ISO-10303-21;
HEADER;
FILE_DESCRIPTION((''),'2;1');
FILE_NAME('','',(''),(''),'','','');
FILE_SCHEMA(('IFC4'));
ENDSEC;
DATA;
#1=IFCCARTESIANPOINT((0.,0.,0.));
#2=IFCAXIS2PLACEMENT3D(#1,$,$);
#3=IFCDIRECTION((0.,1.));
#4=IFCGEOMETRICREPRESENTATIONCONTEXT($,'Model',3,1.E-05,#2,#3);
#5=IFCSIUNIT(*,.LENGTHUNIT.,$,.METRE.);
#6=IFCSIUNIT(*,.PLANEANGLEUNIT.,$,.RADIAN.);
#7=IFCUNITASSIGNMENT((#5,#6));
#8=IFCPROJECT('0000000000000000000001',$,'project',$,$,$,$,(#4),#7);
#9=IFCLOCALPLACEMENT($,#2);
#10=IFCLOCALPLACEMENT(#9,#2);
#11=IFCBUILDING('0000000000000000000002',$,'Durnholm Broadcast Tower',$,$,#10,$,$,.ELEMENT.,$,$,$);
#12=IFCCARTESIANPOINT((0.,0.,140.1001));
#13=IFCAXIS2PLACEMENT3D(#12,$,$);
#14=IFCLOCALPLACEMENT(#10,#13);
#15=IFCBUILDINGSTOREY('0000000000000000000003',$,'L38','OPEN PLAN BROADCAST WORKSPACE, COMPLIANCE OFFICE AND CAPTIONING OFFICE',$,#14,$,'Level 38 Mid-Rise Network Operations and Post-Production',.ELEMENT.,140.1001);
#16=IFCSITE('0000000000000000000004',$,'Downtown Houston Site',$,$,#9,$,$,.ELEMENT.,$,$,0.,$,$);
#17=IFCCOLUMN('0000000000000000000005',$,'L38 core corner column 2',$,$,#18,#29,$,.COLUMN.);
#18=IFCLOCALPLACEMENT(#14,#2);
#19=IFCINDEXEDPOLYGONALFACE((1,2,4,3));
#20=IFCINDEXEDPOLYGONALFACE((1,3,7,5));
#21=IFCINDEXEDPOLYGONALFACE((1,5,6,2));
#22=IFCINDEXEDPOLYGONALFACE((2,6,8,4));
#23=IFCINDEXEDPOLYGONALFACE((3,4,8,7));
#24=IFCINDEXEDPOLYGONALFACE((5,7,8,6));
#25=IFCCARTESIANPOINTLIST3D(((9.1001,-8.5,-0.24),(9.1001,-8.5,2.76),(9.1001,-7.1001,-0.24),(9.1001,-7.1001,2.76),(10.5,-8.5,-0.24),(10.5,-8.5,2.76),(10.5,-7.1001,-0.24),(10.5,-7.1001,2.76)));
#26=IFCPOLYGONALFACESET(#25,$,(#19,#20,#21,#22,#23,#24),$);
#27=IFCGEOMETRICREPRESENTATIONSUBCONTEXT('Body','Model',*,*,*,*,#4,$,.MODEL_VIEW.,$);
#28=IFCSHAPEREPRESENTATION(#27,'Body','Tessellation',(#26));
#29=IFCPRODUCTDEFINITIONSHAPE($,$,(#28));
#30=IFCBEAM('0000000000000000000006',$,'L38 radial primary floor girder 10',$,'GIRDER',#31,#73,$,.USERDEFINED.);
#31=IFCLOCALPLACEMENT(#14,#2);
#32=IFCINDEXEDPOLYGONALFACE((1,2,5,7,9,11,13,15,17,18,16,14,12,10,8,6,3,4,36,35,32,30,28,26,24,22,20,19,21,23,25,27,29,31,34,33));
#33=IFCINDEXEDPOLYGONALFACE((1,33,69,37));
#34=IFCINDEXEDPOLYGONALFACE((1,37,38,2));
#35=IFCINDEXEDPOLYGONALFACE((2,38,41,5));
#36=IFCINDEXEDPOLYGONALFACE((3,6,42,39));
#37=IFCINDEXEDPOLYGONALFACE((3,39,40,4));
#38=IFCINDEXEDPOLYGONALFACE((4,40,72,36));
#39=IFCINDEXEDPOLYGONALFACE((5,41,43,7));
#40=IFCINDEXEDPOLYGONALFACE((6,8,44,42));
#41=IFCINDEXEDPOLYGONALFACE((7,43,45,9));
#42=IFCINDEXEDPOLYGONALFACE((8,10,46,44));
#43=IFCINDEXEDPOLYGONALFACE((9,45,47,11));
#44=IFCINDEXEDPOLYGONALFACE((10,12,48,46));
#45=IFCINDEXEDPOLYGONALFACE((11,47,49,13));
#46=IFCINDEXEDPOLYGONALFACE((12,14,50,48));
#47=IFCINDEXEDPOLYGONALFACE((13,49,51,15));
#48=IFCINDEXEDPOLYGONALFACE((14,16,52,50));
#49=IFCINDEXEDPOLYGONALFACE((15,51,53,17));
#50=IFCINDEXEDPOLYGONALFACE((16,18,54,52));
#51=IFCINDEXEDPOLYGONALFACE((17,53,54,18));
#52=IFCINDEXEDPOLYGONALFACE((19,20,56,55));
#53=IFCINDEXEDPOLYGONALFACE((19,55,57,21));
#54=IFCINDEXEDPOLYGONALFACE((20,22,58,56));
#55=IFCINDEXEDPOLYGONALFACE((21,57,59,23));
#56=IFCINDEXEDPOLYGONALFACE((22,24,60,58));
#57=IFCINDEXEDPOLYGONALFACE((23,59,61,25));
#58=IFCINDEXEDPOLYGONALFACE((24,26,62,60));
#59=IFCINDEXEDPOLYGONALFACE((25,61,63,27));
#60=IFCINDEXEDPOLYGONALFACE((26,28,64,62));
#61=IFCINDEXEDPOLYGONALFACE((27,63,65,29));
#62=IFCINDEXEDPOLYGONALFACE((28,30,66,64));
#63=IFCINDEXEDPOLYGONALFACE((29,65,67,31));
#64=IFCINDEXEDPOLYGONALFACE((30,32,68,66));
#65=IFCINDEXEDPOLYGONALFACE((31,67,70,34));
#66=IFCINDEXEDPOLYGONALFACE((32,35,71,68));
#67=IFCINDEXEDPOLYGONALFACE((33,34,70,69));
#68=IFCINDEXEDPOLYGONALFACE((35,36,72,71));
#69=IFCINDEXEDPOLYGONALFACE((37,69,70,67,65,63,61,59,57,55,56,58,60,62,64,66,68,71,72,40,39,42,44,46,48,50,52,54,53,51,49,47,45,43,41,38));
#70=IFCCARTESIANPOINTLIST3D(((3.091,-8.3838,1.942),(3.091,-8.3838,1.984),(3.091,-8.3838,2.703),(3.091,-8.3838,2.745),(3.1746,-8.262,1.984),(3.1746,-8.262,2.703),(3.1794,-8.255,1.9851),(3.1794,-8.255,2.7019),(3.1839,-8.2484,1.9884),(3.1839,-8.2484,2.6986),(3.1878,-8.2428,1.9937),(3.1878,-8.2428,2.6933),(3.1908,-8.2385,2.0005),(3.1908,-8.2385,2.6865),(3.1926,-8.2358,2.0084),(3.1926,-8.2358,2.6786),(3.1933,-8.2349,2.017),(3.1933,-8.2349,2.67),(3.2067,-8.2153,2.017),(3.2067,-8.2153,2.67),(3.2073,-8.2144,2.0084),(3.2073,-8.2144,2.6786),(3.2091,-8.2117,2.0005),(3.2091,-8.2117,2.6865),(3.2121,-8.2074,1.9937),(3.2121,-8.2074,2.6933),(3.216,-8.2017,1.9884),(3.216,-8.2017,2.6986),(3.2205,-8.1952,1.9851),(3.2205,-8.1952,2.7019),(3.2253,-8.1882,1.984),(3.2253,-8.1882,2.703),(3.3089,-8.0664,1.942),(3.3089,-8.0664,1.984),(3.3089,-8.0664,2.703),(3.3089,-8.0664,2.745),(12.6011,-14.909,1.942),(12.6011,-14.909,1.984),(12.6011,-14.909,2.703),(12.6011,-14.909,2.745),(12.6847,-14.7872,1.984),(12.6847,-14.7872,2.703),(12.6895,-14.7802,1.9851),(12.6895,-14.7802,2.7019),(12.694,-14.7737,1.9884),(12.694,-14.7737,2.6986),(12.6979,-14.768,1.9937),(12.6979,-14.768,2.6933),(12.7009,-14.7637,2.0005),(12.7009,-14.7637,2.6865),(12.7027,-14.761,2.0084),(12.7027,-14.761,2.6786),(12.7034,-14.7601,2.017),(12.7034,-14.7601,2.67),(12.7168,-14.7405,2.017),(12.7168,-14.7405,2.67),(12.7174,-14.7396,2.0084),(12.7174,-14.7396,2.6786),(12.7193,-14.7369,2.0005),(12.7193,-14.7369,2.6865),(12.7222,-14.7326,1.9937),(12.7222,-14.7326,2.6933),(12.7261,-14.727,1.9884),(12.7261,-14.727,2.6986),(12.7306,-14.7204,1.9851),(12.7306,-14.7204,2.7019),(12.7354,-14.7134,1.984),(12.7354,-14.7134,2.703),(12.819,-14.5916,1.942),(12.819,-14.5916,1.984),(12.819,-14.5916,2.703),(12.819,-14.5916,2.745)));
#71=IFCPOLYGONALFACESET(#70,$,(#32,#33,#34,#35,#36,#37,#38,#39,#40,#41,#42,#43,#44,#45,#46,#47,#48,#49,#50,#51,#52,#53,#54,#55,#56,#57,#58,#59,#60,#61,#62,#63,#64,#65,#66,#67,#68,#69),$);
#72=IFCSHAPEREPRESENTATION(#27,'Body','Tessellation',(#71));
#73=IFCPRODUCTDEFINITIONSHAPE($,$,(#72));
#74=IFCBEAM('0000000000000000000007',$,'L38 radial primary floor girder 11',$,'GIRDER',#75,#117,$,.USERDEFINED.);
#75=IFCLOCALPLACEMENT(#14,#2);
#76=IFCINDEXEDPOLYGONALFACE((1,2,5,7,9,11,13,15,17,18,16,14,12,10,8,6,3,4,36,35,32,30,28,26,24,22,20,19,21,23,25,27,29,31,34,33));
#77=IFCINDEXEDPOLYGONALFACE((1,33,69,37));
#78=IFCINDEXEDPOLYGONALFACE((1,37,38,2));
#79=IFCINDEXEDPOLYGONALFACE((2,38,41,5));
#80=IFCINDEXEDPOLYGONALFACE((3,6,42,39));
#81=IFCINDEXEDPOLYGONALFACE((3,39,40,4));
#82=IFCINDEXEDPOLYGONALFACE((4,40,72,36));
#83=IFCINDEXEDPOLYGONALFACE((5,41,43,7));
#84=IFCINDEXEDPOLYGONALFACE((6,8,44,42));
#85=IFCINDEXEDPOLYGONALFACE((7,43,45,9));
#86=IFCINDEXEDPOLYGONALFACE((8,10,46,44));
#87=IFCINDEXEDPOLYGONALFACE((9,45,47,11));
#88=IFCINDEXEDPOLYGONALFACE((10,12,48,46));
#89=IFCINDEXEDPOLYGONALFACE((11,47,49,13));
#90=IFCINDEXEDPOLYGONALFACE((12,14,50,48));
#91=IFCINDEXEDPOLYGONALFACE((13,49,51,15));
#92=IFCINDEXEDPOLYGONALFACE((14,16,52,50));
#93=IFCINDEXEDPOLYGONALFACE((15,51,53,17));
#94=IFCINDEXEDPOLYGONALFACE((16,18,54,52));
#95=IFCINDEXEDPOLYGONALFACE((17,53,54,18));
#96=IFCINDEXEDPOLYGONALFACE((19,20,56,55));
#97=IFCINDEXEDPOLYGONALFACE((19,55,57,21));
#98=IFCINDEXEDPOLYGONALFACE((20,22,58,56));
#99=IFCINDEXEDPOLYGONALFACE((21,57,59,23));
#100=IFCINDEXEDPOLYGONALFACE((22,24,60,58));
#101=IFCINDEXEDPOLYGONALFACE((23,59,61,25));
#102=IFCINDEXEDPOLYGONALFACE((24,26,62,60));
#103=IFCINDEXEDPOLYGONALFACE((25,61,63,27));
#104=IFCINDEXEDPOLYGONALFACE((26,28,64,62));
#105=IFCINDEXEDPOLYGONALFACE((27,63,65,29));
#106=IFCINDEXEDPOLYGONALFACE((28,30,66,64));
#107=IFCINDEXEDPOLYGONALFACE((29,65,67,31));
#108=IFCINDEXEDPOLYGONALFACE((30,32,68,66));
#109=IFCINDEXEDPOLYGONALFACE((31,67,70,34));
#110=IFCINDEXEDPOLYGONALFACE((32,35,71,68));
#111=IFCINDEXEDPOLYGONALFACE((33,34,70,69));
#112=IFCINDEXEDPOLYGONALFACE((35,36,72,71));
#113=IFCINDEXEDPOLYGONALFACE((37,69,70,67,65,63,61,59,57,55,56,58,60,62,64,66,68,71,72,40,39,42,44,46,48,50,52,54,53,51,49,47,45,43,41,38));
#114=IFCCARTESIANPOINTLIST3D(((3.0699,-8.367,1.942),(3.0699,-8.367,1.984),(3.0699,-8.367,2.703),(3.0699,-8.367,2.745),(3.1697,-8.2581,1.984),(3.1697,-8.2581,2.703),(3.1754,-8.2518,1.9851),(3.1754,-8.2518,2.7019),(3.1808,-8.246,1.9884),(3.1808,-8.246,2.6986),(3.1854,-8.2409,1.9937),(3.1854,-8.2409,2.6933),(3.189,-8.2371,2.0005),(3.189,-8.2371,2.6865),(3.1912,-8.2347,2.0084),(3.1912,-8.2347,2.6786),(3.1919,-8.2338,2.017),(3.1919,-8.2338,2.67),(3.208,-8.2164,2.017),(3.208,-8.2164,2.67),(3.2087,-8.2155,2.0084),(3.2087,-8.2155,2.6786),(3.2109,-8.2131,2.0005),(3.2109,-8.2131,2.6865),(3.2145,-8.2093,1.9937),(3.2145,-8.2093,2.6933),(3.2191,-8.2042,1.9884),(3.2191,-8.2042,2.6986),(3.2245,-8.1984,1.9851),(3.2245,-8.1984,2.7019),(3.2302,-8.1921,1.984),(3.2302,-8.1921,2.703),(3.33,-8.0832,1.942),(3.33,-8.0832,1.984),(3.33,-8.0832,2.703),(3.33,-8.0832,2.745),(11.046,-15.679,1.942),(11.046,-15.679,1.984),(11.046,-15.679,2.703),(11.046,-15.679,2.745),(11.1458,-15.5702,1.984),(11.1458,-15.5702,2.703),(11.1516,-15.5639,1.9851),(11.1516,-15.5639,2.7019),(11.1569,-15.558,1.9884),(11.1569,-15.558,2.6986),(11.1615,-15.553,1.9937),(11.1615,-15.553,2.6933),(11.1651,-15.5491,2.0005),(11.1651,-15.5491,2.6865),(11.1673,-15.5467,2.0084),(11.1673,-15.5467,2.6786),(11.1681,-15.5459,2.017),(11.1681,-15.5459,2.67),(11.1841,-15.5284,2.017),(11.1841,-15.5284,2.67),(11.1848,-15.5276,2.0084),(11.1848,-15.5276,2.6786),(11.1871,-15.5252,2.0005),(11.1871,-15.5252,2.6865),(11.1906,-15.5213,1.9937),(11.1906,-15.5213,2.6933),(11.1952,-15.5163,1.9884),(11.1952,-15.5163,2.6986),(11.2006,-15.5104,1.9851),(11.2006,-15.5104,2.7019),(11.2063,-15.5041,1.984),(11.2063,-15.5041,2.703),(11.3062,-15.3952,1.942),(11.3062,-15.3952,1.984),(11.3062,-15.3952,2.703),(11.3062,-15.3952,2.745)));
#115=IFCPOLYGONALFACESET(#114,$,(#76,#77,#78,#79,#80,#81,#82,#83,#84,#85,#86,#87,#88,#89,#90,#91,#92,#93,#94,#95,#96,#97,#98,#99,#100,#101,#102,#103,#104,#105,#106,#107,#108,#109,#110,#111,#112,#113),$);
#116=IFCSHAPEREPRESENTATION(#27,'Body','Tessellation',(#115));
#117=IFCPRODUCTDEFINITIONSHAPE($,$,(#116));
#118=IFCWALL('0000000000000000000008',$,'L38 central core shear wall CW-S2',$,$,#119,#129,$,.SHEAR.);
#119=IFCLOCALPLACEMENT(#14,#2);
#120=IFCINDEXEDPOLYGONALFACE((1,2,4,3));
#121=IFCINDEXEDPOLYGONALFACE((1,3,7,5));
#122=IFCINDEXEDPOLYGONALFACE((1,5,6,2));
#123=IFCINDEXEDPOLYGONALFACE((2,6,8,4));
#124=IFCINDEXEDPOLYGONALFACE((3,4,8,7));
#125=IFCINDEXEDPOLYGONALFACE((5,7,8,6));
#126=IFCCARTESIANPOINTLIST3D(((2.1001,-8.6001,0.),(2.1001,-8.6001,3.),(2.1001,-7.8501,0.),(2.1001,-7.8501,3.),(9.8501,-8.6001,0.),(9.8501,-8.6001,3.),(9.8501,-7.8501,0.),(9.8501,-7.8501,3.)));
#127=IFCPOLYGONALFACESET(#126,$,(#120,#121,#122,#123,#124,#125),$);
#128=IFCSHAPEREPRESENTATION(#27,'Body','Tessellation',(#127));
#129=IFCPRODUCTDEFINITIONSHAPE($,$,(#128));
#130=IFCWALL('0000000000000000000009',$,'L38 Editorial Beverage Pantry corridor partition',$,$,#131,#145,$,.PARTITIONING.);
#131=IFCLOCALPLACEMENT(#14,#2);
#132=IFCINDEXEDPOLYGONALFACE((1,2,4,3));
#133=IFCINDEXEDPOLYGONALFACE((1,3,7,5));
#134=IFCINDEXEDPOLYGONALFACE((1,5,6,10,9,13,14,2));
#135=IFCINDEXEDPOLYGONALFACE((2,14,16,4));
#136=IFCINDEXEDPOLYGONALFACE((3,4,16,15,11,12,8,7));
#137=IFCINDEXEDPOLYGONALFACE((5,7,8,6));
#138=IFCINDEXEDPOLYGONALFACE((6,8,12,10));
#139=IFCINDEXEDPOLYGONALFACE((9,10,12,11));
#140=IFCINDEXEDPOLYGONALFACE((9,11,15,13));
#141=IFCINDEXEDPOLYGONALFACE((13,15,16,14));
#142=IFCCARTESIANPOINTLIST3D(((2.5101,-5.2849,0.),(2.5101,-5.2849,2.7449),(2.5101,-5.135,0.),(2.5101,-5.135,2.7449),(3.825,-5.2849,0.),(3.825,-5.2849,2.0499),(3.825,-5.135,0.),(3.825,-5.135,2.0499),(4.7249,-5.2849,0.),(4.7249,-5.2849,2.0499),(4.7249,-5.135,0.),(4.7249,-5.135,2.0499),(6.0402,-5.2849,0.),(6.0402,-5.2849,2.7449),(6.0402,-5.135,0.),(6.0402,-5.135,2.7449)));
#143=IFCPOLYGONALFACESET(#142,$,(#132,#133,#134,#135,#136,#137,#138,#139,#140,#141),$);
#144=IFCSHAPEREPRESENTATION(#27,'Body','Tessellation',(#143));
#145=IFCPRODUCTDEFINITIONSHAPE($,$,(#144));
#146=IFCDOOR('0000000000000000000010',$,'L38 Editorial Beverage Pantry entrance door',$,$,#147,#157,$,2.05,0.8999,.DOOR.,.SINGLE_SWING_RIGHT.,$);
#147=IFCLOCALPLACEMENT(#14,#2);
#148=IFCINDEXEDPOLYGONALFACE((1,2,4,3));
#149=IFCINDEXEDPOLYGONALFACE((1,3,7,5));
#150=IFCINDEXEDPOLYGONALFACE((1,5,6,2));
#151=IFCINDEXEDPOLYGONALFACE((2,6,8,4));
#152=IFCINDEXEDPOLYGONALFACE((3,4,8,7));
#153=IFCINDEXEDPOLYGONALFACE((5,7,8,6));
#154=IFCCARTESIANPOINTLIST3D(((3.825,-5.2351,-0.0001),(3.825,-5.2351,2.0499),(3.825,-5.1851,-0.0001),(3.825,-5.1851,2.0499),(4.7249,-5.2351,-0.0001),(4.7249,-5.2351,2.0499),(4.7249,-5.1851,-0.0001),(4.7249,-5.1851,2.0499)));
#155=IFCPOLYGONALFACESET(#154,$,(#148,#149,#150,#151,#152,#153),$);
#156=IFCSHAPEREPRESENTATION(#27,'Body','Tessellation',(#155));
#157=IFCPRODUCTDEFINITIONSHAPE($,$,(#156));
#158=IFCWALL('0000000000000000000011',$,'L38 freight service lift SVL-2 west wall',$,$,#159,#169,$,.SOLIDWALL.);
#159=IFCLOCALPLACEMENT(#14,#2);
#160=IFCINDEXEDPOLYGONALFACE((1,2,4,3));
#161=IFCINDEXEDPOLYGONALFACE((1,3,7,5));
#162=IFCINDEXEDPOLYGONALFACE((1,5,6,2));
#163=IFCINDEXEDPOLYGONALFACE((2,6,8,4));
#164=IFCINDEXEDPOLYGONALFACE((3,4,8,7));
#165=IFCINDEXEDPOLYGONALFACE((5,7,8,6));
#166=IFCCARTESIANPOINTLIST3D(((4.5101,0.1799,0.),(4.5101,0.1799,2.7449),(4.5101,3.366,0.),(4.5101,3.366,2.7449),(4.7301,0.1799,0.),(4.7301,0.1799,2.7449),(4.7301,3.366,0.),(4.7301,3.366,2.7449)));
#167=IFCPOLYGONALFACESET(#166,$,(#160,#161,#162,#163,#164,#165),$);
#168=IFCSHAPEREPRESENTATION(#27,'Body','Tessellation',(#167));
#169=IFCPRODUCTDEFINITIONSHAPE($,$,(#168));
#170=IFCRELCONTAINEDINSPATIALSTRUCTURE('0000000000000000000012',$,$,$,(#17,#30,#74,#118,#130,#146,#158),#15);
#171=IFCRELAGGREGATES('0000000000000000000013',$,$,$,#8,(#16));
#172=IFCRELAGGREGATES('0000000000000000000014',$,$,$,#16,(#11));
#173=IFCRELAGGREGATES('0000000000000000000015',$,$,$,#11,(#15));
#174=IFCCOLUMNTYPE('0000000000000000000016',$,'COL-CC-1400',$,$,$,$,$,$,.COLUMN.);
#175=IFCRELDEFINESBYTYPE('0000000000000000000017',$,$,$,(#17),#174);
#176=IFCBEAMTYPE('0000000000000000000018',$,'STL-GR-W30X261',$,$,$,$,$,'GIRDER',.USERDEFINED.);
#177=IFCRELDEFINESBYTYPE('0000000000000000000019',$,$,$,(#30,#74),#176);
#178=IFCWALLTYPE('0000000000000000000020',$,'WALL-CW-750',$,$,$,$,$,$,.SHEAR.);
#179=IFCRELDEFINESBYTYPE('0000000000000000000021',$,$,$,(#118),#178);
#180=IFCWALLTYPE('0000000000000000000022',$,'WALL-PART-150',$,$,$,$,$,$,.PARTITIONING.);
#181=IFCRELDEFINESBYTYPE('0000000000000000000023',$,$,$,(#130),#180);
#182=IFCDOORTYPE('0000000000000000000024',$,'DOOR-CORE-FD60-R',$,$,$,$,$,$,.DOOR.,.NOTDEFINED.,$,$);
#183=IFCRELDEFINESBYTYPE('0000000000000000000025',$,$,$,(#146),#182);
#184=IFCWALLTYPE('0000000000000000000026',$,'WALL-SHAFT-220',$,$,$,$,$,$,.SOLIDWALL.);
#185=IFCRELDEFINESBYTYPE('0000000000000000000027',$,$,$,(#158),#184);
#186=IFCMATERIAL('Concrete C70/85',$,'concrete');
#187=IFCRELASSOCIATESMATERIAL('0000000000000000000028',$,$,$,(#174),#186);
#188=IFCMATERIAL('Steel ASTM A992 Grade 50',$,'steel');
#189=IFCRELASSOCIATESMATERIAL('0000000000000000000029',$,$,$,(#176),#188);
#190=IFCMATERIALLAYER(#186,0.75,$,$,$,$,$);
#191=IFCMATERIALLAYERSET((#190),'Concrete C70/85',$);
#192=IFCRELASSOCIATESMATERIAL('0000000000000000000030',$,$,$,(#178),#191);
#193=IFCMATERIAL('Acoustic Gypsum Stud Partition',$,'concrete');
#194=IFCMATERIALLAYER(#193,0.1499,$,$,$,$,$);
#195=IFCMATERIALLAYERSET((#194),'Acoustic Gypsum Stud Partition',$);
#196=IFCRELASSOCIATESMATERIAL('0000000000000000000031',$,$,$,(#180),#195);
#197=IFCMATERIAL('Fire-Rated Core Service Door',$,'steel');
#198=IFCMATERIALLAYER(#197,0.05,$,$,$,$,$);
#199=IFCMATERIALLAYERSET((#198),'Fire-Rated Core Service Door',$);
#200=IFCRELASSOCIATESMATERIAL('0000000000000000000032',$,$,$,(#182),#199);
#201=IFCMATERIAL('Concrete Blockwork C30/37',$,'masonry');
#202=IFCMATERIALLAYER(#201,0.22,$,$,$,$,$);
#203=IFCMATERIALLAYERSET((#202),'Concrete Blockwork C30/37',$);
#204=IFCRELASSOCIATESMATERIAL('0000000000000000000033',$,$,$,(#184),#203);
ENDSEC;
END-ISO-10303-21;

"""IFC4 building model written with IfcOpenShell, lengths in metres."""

from ifc_helpers import new_model, si_unit, direction, frame, frame_2d, origin, origin_2d, place, context, subcontext, project, spatial, rectangle, i_section, extrude, source, transform, mapped, material, layer, layer_set, material_profile, profile_set, type_object, type_shapes, element, fill, save


model = new_model("IFC4")

# Units and contexts
model_context = context("Model", 3, precision=1e-05, world=origin(), true_north=direction((0.0, 1.0)))
body_context = subcontext(model_context, "Body", "Model", "MODEL_VIEW")
ifc_project = project(units=[si_unit("LENGTHUNIT", "METRE"), si_unit("PLANEANGLEUNIT", "RADIAN")], contexts=[model_context])

# Site, building, storey
site_placement = place(None, origin())
site = spatial("IfcSite", under=ifc_project, at=site_placement, Name="Downtown Houston Site", CompositionType="ELEMENT", RefElevation=0.0)
building_placement = place(site_placement, origin())
building = spatial("IfcBuilding", under=site, at=building_placement, Name="Durnholm Broadcast Tower", CompositionType="ELEMENT")
storey_placement = place(building_placement, frame((0.0, 0.0, 140.1001)))
storey = spatial("IfcBuildingStorey", under=building, at=storey_placement, Name="L38", Description="OPEN PLAN BROADCAST WORKSPACE, COMPLIANCE OFFICE AND CAPTIONING OFFICE", LongName="Level 38 Mid-Rise Network Operations and Post-Production", CompositionType="ELEMENT", Elevation=140.1001)

# Column
ifc_material_1 = material(Name="Concrete C70/85", Category="concrete")
ifc_material_profile_1 = material_profile(ifc_material_1, rectangle(XDim=1.3999, YDim=1.3999, at=origin_2d()), Name="RC1400X1400")
ifc_profile_set_1 = profile_set([ifc_material_profile_1], Name="Concrete C70/85")
column_type = type_object("IfcColumnType", Name="COL-CC-1400", PredefinedType="COLUMN", material=ifc_profile_set_1)
shared_shape_1 = source(origin(), body_context, "Body", "SweptSolid", [
    extrude(rectangle(XDim=1.3999, YDim=1.3999, at=origin_2d()), origin(), (0.0, 0.0, 1.0), 3.0),
])
type_shapes(column_type, [shared_shape_1])
column_placement = place(storey_placement, frame((9.8, -7.8, -0.24), z_axis=(0.0, 0.0, 1.0), x_axis=(1.0, 0.0, 0.0)))
element("IfcColumn", 1, at=column_placement, inside=storey, type_object=column_type, Name="L38 core corner column 2", PredefinedType="COLUMN", context=body_context, shape_type="MappedRepresentation", body=[
    mapped(shared_shape_1, transform((0.0, 0.0, 0.0), x_axis=(1.0, 0.0, 0.0), y_axis=(0.0, 1.0, 0.0), z_axis=(0.0, 0.0, 1.0), scale=1.0)),
])

# Beams
ifc_material_2 = material(Name="Steel ASTM A992 Grade 50", Category="steel")
ifc_material_profile_2 = material_profile(ifc_material_2, i_section(OverallWidth=0.385, OverallDepth=0.803, WebThickness=0.0237, FlangeThickness=0.042, FilletRadius=0.033, at=origin_2d()), Name="W30X261")
ifc_profile_set_2 = profile_set([ifc_material_profile_2], Name="Steel ASTM A992 Grade 50")
beam_type = type_object("IfcBeamType", Name="STL-GR-W30X261", ElementType="GIRDER", PredefinedType="USERDEFINED", material=ifc_profile_set_2)
shared_shape_2 = source(origin(), body_context, "Body", "SweptSolid", [
    extrude(i_section(OverallWidth=0.385, OverallDepth=0.803, WebThickness=0.0237, FlangeThickness=0.042, FilletRadius=0.033, at=origin_2d()), origin(), (0.0, 0.0, 1.0), 11.5334),
])
beam_1_placement = place(storey_placement, frame((3.2, -8.2251, 2.3435), z_axis=(0.824567, -0.565764, 0.0), x_axis=(0.565764, 0.824567, 0.0)))
element("IfcBeam", 2, at=beam_1_placement, inside=storey, type_object=beam_type, Name="L38 radial primary floor girder 10", ObjectType="GIRDER", PredefinedType="USERDEFINED", context=body_context, shape_type="MappedRepresentation", body=[
    mapped(shared_shape_2, transform((0.0, 0.0, 0.0), x_axis=(1.0, 0.0, 0.0), y_axis=(0.0, 1.0, 0.0), z_axis=(0.0, 0.0, 1.0), scale=1.0)),
])
shared_shape_3 = source(origin(), body_context, "Body", "SweptSolid", [
    extrude(i_section(OverallWidth=0.385, OverallDepth=0.803, WebThickness=0.0237, FlangeThickness=0.042, FilletRadius=0.033, at=origin_2d()), origin(), (0.0, 0.0, 1.0), 10.8206),
])
type_shapes(beam_type, [shared_shape_2, shared_shape_3])
beam_2_placement = place(storey_placement, frame((3.2, -8.2251, 2.3435), z_axis=(0.737126, -0.675755, 0.0), x_axis=(0.675755, 0.737126, 0.0)))
element("IfcBeam", 3, at=beam_2_placement, inside=storey, type_object=beam_type, Name="L38 radial primary floor girder 11", ObjectType="GIRDER", PredefinedType="USERDEFINED", context=body_context, shape_type="MappedRepresentation", body=[
    mapped(shared_shape_3, transform((0.0, 0.0, 0.0), x_axis=(1.0, 0.0, 0.0), y_axis=(0.0, 1.0, 0.0), z_axis=(0.0, 0.0, 1.0), scale=1.0)),
])

# Wall
ifc_layer_1 = layer(ifc_material_1, 0.75)
ifc_layer_set_1 = layer_set([ifc_layer_1], Name="Concrete C70/85")
wall_type_1 = type_object("IfcWallType", Name="WALL-CW-750", PredefinedType="SHEAR", material=ifc_layer_set_1)
wall_1_placement = place(storey_placement, frame((2.1001, -8.2251, 0.0), z_axis=(0.0, 0.0, 1.0), x_axis=(1.0, 0.0, 0.0)))
element("IfcWall", 4, at=wall_1_placement, inside=storey, type_object=wall_type_1, Name="L38 central core shear wall CW-S2", PredefinedType="SHEAR", context=body_context, shape_type="SweptSolid", body=[
    extrude(rectangle(XDim=7.75, YDim=0.75, at=frame_2d((3.875, 0.0))), origin(), (0.0, 0.0, 1.0), 3.0),
])

# Wall, opening, door
ifc_material_3 = material(Name="Acoustic Gypsum Stud Partition", Category="concrete")
ifc_layer_2 = layer(ifc_material_3, 0.1499)
ifc_layer_set_2 = layer_set([ifc_layer_2], Name="Acoustic Gypsum Stud Partition")
wall_type_2 = type_object("IfcWallType", Name="WALL-PART-150", PredefinedType="PARTITIONING", material=ifc_layer_set_2)
wall_2_placement = place(storey_placement, frame((2.51, -5.21, 0.0), z_axis=(0.0, 0.0, 1.0), x_axis=(1.0, 0.0, 0.0)))
wall_2 = element("IfcWall", 5, at=wall_2_placement, inside=storey, type_object=wall_type_2, Name="L38 Editorial Beverage Pantry corridor partition", PredefinedType="PARTITIONING", context=body_context, shape_type="SweptSolid", body=[
    extrude(rectangle(XDim=3.53, YDim=0.1499, at=frame_2d((1.7651, 0.0))), origin(), (0.0, 0.0, 1.0), 2.7449),
])
opening_1_placement = place(wall_2_placement, frame((1.3149, 0.0, 0.0)))
opening_1 = element("IfcOpeningElement", 6, at=opening_1_placement, cuts=wall_2, PredefinedType="OPENING", context=body_context, shape_type="SweptSolid", body=[
    extrude(rectangle(XDim=0.8999, YDim=2.05, at=frame_2d((0.45, 1.0249))), frame((0.0, 0.085, 0.0), z_axis=(0.0, -1.0, 0.0), x_axis=(1.0, 0.0, 0.0)), (0.0, 0.0, 1.0), 0.1699),
])
ifc_material_4 = material(Name="Fire-Rated Core Service Door", Category="steel")
ifc_layer_3 = layer(ifc_material_4, 0.05)
ifc_layer_set_3 = layer_set([ifc_layer_3], Name="Fire-Rated Core Service Door")
door_type_1 = type_object("IfcDoorType", Name="DOOR-CORE-FD60-R", OperationType="NOTDEFINED", PredefinedType="DOOR", material=ifc_layer_set_3)
shared_shape_4 = source(origin(), body_context, "Body", "SweptSolid", [
    extrude(rectangle(XDim=0.8999, YDim=2.05, at=frame_2d((0.45, 1.0249))), frame((0.0, 0.0249, 0.0), z_axis=(0.0, -1.0, 0.0), x_axis=(1.0, 0.0, 0.0)), (0.0, 0.0, 1.0), 0.05),
])
type_shapes(door_type_1, [shared_shape_4])
door_1_placement = place(opening_1_placement, origin())
door_1 = element("IfcDoor", 7, at=door_1_placement, inside=storey, type_object=door_type_1, Name="L38 Editorial Beverage Pantry entrance door", OperationType="SINGLE_SWING_RIGHT", OverallHeight=2.05, OverallWidth=0.8999, PredefinedType="DOOR", context=body_context, shape_type="MappedRepresentation", body=[
    mapped(shared_shape_4, transform((0.0, 0.0, 0.0), x_axis=(1.0, 0.0, 0.0), y_axis=(0.0, 1.0, 0.0), z_axis=(0.0, 0.0, 1.0), scale=1.0)),
])
fill(opening_1, door_1)

# Wall
ifc_material_5 = material(Name="Concrete Blockwork C30/37", Category="masonry")
ifc_layer_4 = layer(ifc_material_5, 0.22)
ifc_layer_set_4 = layer_set([ifc_layer_4], Name="Concrete Blockwork C30/37")
wall_type_3 = type_object("IfcWallType", Name="WALL-SHAFT-220", PredefinedType="SOLIDWALL", material=ifc_layer_set_4)
for number, where, z_axis, x_axis, name in (
    (8, (4.6201, 0.1799, 0.0), (0.0, 0.0, 1.0), (0.0, 1.0, 0.0), "L38 freight service lift SVL-2 west wall"),
):
    element("IfcWall", number, at=place(storey_placement, frame(where, z_axis=z_axis, x_axis=x_axis)), inside=storey, type_object=wall_type_3, Name=name, PredefinedType="SOLIDWALL", context=body_context, shape_type="SweptSolid", body=[
        extrude(rectangle(XDim=3.186, YDim=0.22, at=frame_2d((1.593, 0.0))), origin(), (0.0, 0.0, 1.0), 2.7449),
    ])

save(model, "model.ifc")
